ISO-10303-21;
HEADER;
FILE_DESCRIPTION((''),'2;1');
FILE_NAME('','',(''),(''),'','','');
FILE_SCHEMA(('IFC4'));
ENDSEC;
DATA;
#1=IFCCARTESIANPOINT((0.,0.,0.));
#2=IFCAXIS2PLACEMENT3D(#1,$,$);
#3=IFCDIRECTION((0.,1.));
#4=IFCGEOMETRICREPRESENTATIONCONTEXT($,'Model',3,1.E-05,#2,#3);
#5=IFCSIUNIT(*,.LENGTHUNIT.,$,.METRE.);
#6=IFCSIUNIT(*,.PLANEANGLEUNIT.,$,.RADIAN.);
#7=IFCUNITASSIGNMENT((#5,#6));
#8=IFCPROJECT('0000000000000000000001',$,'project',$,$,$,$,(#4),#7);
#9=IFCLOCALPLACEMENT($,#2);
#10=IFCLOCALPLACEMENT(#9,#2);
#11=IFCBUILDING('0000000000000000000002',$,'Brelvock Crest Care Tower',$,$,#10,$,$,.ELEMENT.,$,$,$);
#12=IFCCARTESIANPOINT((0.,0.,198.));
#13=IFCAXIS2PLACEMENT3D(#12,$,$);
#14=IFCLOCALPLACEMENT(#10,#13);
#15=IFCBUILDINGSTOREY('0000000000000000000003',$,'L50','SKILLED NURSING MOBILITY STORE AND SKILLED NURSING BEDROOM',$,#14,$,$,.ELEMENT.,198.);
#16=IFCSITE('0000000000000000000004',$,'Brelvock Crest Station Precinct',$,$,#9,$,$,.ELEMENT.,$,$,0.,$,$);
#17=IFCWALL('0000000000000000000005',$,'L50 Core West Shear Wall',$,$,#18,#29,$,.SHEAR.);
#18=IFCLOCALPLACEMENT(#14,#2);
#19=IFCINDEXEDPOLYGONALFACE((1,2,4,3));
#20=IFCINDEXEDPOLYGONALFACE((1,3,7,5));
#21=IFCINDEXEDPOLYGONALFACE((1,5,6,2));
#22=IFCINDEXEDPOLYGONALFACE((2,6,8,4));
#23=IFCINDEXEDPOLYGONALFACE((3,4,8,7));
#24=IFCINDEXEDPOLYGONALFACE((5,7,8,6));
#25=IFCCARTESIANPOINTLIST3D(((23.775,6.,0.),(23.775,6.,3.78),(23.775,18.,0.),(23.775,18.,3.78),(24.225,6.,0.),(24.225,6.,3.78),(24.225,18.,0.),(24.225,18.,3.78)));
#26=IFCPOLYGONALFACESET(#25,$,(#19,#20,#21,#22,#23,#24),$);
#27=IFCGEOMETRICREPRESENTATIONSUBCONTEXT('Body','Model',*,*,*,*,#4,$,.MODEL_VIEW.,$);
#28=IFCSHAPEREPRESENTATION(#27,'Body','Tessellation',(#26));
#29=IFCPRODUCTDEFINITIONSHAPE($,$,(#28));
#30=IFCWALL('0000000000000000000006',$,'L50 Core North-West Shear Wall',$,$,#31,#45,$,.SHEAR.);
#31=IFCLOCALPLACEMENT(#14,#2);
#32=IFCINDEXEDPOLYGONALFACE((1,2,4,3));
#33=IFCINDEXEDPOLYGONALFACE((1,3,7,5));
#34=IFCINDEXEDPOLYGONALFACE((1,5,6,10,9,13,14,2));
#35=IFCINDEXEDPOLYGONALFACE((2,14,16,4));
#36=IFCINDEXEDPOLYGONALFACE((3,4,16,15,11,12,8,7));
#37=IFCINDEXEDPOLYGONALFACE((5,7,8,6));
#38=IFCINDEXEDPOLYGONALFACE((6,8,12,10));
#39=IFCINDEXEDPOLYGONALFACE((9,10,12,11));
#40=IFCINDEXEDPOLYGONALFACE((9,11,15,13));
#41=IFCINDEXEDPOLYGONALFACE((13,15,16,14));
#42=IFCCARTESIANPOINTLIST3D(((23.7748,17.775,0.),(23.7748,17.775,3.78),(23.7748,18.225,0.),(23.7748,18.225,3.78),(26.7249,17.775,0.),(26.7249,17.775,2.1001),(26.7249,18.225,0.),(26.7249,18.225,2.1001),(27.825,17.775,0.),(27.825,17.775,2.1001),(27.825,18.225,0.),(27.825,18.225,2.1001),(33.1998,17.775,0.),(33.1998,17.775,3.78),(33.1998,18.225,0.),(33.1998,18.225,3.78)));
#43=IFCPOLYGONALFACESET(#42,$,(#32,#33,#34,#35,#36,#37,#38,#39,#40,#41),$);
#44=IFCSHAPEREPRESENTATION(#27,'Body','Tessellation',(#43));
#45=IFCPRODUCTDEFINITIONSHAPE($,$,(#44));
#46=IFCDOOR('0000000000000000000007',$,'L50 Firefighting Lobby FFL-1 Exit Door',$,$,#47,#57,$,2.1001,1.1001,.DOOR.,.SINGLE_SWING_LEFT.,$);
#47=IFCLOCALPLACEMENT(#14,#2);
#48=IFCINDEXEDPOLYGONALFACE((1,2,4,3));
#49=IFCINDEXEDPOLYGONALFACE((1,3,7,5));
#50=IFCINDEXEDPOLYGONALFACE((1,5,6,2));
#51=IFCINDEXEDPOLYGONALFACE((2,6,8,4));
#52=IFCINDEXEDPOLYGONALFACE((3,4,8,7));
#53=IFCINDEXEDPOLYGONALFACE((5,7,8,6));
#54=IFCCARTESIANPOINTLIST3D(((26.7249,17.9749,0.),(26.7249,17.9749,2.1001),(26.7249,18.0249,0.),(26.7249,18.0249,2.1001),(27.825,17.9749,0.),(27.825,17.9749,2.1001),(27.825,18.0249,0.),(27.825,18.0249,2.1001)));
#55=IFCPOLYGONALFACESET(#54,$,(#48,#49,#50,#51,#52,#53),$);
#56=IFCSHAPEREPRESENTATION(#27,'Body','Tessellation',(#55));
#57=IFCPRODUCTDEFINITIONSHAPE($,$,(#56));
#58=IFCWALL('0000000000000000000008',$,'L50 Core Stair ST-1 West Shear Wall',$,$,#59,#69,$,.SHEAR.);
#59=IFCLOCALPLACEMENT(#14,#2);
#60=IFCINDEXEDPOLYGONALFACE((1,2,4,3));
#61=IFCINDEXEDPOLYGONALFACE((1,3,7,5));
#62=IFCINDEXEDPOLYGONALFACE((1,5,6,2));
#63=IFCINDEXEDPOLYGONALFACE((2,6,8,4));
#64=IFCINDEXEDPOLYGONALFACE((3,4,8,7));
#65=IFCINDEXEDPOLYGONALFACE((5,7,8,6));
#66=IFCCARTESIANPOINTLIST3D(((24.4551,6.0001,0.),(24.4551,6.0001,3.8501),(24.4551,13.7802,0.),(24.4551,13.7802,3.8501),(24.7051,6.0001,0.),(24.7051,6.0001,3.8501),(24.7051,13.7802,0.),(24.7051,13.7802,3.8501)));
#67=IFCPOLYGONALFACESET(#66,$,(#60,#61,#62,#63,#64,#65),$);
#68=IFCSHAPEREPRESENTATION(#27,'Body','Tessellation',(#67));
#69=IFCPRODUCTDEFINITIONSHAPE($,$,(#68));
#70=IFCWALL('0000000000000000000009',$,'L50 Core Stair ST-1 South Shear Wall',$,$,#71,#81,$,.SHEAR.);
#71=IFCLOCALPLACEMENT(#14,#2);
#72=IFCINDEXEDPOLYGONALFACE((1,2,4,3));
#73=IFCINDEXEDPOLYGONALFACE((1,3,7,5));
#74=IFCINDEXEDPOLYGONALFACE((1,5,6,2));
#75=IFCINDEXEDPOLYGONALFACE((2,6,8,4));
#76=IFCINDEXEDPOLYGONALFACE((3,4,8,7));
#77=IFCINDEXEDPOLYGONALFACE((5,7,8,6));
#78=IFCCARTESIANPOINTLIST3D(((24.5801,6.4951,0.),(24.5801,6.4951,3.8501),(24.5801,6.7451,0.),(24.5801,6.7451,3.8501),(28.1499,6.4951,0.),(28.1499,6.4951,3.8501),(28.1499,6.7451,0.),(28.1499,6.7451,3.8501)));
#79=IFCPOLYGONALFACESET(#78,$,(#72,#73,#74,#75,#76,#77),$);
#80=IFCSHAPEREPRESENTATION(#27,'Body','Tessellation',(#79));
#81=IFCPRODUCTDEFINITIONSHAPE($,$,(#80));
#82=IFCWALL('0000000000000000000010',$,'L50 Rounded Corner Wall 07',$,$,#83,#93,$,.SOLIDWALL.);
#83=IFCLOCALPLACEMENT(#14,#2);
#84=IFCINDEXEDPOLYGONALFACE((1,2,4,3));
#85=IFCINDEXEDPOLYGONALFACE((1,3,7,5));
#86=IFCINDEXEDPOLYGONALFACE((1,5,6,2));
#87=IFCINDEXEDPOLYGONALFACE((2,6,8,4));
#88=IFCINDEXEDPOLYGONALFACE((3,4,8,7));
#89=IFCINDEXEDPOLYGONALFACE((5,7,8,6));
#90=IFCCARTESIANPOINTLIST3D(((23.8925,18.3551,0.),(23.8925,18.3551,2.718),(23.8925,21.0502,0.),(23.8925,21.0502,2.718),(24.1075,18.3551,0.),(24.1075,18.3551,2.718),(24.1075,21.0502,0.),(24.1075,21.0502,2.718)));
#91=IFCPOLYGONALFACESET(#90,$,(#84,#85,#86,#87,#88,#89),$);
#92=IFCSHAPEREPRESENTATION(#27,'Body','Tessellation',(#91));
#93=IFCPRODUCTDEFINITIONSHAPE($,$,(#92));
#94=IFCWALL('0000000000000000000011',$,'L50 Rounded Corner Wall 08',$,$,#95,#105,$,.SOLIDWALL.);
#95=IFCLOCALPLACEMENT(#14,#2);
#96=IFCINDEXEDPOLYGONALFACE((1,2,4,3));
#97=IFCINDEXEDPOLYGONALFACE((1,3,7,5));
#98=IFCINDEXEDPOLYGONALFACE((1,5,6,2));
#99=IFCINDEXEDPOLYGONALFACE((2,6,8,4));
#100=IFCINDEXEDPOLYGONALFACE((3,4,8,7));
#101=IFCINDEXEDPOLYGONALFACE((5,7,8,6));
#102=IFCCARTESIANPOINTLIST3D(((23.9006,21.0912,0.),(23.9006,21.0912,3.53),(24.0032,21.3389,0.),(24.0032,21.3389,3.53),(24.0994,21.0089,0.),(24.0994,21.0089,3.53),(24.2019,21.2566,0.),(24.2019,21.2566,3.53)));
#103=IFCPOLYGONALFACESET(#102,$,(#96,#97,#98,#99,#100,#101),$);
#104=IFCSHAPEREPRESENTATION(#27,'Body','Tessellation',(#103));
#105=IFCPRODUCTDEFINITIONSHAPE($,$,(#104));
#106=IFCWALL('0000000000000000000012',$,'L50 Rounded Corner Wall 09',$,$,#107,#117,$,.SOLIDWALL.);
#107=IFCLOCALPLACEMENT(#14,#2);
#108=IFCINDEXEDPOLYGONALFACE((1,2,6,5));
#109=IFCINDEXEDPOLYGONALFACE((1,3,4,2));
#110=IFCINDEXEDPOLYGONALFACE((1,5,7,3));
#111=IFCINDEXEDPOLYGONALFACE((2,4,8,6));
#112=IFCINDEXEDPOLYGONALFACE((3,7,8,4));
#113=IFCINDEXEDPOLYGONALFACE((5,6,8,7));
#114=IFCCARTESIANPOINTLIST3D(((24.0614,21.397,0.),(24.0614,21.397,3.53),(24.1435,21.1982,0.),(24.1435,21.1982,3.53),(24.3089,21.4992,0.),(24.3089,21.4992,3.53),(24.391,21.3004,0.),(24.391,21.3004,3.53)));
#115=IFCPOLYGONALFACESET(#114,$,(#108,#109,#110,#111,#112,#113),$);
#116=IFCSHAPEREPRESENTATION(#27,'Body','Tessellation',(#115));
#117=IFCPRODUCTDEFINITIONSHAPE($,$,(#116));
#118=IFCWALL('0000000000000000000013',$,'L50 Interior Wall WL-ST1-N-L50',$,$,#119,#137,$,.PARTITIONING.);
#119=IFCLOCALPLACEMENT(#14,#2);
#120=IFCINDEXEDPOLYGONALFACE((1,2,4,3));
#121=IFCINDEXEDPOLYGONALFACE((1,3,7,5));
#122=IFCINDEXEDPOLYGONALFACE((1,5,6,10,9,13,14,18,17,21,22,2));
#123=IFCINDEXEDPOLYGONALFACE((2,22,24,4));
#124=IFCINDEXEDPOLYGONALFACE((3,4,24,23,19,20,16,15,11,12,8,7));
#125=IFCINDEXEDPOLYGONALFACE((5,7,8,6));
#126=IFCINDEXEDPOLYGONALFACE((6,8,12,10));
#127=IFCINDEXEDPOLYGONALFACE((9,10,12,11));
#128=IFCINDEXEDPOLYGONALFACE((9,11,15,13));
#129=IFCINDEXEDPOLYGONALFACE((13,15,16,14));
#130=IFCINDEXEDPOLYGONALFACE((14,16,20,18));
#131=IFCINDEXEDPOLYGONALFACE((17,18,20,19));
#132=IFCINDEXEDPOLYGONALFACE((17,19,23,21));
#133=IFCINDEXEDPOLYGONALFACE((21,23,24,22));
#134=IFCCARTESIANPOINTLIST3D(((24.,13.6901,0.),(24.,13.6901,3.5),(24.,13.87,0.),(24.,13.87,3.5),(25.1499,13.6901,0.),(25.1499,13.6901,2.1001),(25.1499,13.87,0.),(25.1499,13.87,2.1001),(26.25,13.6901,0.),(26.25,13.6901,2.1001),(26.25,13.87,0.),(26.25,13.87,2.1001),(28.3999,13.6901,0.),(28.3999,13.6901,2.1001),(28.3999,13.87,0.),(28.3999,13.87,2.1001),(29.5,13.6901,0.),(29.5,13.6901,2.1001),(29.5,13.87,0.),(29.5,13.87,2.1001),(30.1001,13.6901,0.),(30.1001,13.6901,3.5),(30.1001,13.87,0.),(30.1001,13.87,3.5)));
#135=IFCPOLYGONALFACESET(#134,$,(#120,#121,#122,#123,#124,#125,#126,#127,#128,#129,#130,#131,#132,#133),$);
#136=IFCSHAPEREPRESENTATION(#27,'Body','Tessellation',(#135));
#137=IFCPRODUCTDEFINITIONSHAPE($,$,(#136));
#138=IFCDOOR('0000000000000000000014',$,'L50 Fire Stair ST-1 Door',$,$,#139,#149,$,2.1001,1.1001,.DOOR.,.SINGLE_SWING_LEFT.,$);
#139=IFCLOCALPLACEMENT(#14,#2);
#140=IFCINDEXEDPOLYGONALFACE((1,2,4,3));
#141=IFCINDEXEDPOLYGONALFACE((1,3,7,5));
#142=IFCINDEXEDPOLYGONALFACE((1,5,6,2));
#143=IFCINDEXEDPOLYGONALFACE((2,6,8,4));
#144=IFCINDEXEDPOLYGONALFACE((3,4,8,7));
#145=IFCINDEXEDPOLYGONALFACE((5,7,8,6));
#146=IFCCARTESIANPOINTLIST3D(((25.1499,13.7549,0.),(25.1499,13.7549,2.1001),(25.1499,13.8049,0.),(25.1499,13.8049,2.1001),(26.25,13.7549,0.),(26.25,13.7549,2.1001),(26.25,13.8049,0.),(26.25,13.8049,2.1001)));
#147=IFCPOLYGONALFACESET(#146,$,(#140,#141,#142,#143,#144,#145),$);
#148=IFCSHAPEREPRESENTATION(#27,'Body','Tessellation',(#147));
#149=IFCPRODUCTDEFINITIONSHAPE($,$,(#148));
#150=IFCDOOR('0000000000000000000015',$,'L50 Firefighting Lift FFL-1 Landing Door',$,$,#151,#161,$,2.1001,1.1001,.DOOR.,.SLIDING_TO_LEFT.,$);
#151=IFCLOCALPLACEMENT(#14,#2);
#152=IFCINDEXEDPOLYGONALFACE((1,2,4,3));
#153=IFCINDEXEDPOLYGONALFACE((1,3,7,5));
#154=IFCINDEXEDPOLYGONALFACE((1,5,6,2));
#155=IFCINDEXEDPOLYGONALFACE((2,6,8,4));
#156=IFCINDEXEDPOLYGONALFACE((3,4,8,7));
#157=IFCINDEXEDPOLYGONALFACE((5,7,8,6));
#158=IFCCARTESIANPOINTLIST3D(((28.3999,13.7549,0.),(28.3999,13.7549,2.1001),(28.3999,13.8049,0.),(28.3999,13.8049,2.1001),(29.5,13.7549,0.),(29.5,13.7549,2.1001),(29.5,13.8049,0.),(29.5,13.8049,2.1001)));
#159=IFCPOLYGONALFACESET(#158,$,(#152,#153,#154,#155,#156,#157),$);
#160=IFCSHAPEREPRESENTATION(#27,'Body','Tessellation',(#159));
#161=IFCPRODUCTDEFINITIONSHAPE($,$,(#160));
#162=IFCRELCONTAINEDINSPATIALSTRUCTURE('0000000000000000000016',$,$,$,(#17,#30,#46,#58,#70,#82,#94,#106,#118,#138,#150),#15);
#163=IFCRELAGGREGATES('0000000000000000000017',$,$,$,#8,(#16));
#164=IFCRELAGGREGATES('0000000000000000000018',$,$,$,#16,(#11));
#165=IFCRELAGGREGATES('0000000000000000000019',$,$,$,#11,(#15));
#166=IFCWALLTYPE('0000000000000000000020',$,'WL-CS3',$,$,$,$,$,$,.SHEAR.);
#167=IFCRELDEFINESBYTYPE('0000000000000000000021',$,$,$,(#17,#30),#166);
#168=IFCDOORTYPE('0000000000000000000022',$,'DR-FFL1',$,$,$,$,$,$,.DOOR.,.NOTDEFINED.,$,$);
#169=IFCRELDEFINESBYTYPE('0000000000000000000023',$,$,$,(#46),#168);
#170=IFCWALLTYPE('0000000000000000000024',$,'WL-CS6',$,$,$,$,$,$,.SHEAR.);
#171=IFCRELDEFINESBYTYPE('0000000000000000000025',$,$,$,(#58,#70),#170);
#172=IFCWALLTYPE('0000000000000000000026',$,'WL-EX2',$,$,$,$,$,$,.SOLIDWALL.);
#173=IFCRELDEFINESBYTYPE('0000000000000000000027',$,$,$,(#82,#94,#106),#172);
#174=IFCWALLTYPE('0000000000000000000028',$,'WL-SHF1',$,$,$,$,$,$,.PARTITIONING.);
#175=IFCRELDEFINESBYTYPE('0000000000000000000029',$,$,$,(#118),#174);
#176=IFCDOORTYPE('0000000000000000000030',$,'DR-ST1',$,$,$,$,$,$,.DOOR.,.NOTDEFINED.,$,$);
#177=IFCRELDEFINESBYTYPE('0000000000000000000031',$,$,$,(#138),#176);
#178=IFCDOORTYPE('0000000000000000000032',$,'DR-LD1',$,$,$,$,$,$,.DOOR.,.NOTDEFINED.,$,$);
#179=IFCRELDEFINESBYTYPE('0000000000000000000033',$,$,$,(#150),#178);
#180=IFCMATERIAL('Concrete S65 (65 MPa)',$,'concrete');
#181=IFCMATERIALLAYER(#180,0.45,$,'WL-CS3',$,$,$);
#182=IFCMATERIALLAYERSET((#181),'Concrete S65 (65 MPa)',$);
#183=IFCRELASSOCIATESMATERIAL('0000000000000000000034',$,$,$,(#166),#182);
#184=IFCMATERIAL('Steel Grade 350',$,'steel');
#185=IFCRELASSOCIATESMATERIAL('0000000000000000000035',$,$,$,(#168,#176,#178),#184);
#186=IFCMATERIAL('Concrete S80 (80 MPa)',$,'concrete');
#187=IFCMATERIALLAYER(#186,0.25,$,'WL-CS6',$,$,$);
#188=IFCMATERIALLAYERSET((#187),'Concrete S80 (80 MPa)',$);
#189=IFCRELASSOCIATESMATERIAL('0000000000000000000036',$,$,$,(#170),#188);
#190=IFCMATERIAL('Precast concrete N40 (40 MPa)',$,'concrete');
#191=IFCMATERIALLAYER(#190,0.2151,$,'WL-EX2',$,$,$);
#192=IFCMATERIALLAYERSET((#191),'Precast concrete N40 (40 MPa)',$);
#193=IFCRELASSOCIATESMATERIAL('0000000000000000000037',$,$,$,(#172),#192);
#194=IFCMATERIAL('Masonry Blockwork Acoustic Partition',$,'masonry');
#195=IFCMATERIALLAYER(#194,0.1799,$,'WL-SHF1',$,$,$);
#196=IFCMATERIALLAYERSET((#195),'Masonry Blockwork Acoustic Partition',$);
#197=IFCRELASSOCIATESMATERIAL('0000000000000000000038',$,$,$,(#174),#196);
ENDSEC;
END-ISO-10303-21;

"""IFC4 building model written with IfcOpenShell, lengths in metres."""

from ifc_helpers import new_model, si_unit, direction, frame, frame_2d, origin, origin_2d, place, context, subcontext, project, spatial, rectangle, extrude, source, transform, mapped, material, layer, layer_set, type_object, element, fill, save


model = new_model("IFC4")

# Units and contexts
model_context = context("Model", 3, precision=1e-05, world=origin(), true_north=direction((0.0, 1.0)))
body_context = subcontext(model_context, "Body", "Model", "MODEL_VIEW")
ifc_project = project(units=[si_unit("LENGTHUNIT", "METRE"), si_unit("PLANEANGLEUNIT", "RADIAN")], contexts=[model_context])

# Site, building, storey
site_placement = place(None, origin())
site = spatial("IfcSite", under=ifc_project, at=site_placement, Name="Brelvock Crest Station Precinct", CompositionType="ELEMENT", RefElevation=0.0)
building_placement = place(site_placement, origin())
building = spatial("IfcBuilding", under=site, at=building_placement, Name="Brelvock Crest Care Tower", CompositionType="ELEMENT")
storey_placement = place(building_placement, frame((0.0, 0.0, 198.0)))
storey = spatial("IfcBuildingStorey", under=building, at=storey_placement, Name="L50", Description="SKILLED NURSING MOBILITY STORE AND SKILLED NURSING BEDROOM", CompositionType="ELEMENT", Elevation=198.0)

# Shared definitions
ifc_material_1 = material(Name="Concrete S65 (65 MPa)", Category="concrete")

# Shared definitions
ifc_material_2 = material(Name="Steel Grade 350", Category="steel")

# Wall
ifc_layer_1 = layer(ifc_material_1, 0.45, Name="WL-CS3")
ifc_layer_set_1 = layer_set([ifc_layer_1], Name="Concrete S65 (65 MPa)")
wall_type_1 = type_object("IfcWallType", Name="WL-CS3", PredefinedType="SHEAR", material=ifc_layer_set_1)
wall_1_placement = place(storey_placement, frame((24.0, 6.0, 0.0), z_axis=(0.0, 0.0, 1.0), x_axis=(0.0, 1.0, 0.0)))
element("IfcWall", 1, at=wall_1_placement, inside=storey, type_object=wall_type_1, Name="L50 Core West Shear Wall", PredefinedType="SHEAR", context=body_context, shape_type="SweptSolid", body=[
    extrude(rectangle(XDim=12.0, YDim=0.45, at=frame_2d((6.0, 0.0))), origin(), (0.0, 0.0, 1.0), 3.78),
])

# Wall, opening, door
wall_2_placement = place(storey_placement, frame((23.7749, 18.0, 0.0), z_axis=(0.0, 0.0, 1.0), x_axis=(1.0, 0.0, 0.0)))
wall_2 = element("IfcWall", 2, at=wall_2_placement, inside=storey, type_object=wall_type_1, Name="L50 Core North-West Shear Wall", PredefinedType="SHEAR", context=body_context, shape_type="SweptSolid", body=[
    extrude(rectangle(XDim=9.425, YDim=0.45, at=frame_2d((4.7124, 0.0))), origin(), (0.0, 0.0, 1.0), 3.78),
])
opening_1_placement = place(wall_2_placement, frame((2.95, 0.0, 0.0)))
opening_1 = element("IfcOpeningElement", 3, at=opening_1_placement, cuts=wall_2, PredefinedType="OPENING", context=body_context, shape_type="SweptSolid", body=[
    extrude(rectangle(XDim=1.1001, YDim=2.1001, at=origin_2d()), frame((0.55, 0.2349, 1.05), z_axis=(0.0, -1.0, 0.0), x_axis=(1.0, 0.0, 0.0)), (0.0, 0.0, 1.0), 0.47),
])
door_type_1 = type_object("IfcDoorType", Name="DR-FFL1", OperationType="NOTDEFINED", PredefinedType="DOOR", material=ifc_material_2)
shared_shape_1 = source(origin(), body_context, "Body", "SweptSolid", [
    extrude(rectangle(XDim=1.1001, YDim=2.1001, at=origin_2d()), frame((0.55, 0.0249, 1.05), z_axis=(0.0, -1.0, 0.0), x_axis=(1.0, 0.0, 0.0)), (0.0, 0.0, 1.0), 0.05),
])
door_1_placement = place(opening_1_placement, origin())
door_1 = element("IfcDoor", 4, at=door_1_placement, inside=storey, type_object=door_type_1, Name="L50 Firefighting Lobby FFL-1 Exit Door", OperationType="SINGLE_SWING_LEFT", OverallHeight=2.1001, OverallWidth=1.1001, PredefinedType="DOOR", context=body_context, shape_type="MappedRepresentation", body=[
    mapped(shared_shape_1, transform((0.0, 0.0, 0.0), x_axis=(1.0, 0.0, 0.0), y_axis=(0.0, 1.0, 0.0), z_axis=(0.0, 0.0, 1.0), scale=1.0)),
])
fill(opening_1, door_1)

# Walls
ifc_material_3 = material(Name="Concrete S80 (80 MPa)", Category="concrete")
ifc_layer_2 = layer(ifc_material_3, 0.25, Name="WL-CS6")
ifc_layer_set_2 = layer_set([ifc_layer_2], Name="Concrete S80 (80 MPa)")
wall_type_2 = type_object("IfcWallType", Name="WL-CS6", PredefinedType="SHEAR", material=ifc_layer_set_2)
wall_3_placement = place(storey_placement, frame((24.5801, 6.0, 0.0), z_axis=(0.0, 0.0, 1.0), x_axis=(0.0, 1.0, 0.0)))
element("IfcWall", 5, at=wall_3_placement, inside=storey, type_object=wall_type_2, Name="L50 Core Stair ST-1 West Shear Wall", PredefinedType="SHEAR", context=body_context, shape_type="SweptSolid", body=[
    extrude(rectangle(XDim=7.78, YDim=0.25, at=frame_2d((3.8901, 0.0))), origin(), (0.0, 0.0, 1.0), 3.8501),
])
wall_4_placement = place(storey_placement, frame((24.5801, 6.6201, 0.0), z_axis=(0.0, 0.0, 1.0), x_axis=(1.0, 0.0, 0.0)))
element("IfcWall", 6, at=wall_4_placement, inside=storey, type_object=wall_type_2, Name="L50 Core Stair ST-1 South Shear Wall", PredefinedType="SHEAR", context=body_context, shape_type="SweptSolid", body=[
    extrude(rectangle(XDim=3.5698, YDim=0.25, at=frame_2d((1.7849, 0.0))), origin(), (0.0, 0.0, 1.0), 3.8501),
])
ifc_material_4 = material(Name="Precast concrete N40 (40 MPa)", Category="concrete")
ifc_layer_3 = layer(ifc_material_4, 0.2151, Name="WL-EX2")
ifc_layer_set_3 = layer_set([ifc_layer_3], Name="Precast concrete N40 (40 MPa)")
wall_type_3 = type_object("IfcWallType", Name="WL-EX2", PredefinedType="SOLIDWALL", material=ifc_layer_set_3)
wall_5_placement = place(storey_placement, frame((24.0, 18.355, 0.0), z_axis=(0.0, 0.0, 1.0), x_axis=(0.0, 1.0, 0.0)))
element("IfcWall", 7, at=wall_5_placement, inside=storey, type_object=wall_type_3, Name="L50 Rounded Corner Wall 07", PredefinedType="SOLIDWALL", context=body_context, shape_type="SweptSolid", body=[
    extrude(rectangle(XDim=2.6951, YDim=0.2151, at=frame_2d((1.3477, 0.0))), origin(), (0.0, 0.0, 1.0), 2.718),
])
wall_6_placement = place(storey_placement, frame((24.0, 21.05, 0.0), z_axis=(0.0, 0.0, 1.0), x_axis=(0.382674, 0.923884, 0.0)))
element("IfcWall", 8, at=wall_6_placement, inside=storey, type_object=wall_type_3, Name="L50 Rounded Corner Wall 08", PredefinedType="SOLIDWALL", context=body_context, shape_type="SweptSolid", body=[
    extrude(rectangle(XDim=0.2681, YDim=0.2151, at=frame_2d((0.134, 0.0))), origin(), (0.0, 0.0, 1.0), 3.53),
])
wall_7_placement = place(storey_placement, frame((24.1025, 21.2976, 0.0), z_axis=(0.0, 0.0, 1.0), x_axis=(0.924205, 0.381896, 0.0)))
element("IfcWall", 9, at=wall_7_placement, inside=storey, type_object=wall_type_3, Name="L50 Rounded Corner Wall 09", PredefinedType="SOLIDWALL", context=body_context, shape_type="SweptSolid", body=[
    extrude(rectangle(XDim=0.2678, YDim=0.2151, at=frame_2d((0.1338, 0.0))), origin(), (0.0, 0.0, 1.0), 3.53),
])

# Wall, openings, doors
ifc_material_5 = material(Name="Masonry Blockwork Acoustic Partition", Category="masonry")
ifc_layer_4 = layer(ifc_material_5, 0.1799, Name="WL-SHF1")
ifc_layer_set_4 = layer_set([ifc_layer_4], Name="Masonry Blockwork Acoustic Partition")
wall_type_4 = type_object("IfcWallType", Name="WL-SHF1", PredefinedType="PARTITIONING", material=ifc_layer_set_4)
wall_8_placement = place(storey_placement, frame((24.0, 13.78, 0.0), z_axis=(0.0, 0.0, 1.0), x_axis=(1.0, 0.0, 0.0)))
wall_8 = element("IfcWall", 10, at=wall_8_placement, inside=storey, type_object=wall_type_4, Name="L50 Interior Wall WL-ST1-N-L50", PredefinedType="PARTITIONING", context=body_context, shape_type="SweptSolid", body=[
    extrude(rectangle(XDim=6.1001, YDim=0.1799, at=frame_2d((3.05, 0.0))), origin(), (0.0, 0.0, 1.0), 3.5),
])
opening_2_placement = place(wall_8_placement, frame((1.1499, 0.0, 0.0)))
opening_2 = element("IfcOpeningElement", 11, at=opening_2_placement, cuts=wall_8, PredefinedType="OPENING", context=body_context, shape_type="SweptSolid", body=[
    extrude(rectangle(XDim=1.1001, YDim=2.1001, at=origin_2d()), frame((0.55, 0.1001, 1.05), z_axis=(0.0, -1.0, 0.0), x_axis=(1.0, 0.0, 0.0)), (0.0, 0.0, 1.0), 0.2),
])
opening_3_placement = place(wall_8_placement, frame((4.3999, 0.0, 0.0)))
opening_3 = element("IfcOpeningElement", 12, at=opening_3_placement, cuts=wall_8, PredefinedType="OPENING", context=body_context, shape_type="SweptSolid", body=[
    extrude(rectangle(XDim=1.1001, YDim=2.1001, at=origin_2d()), frame((0.55, 0.1001, 1.05), z_axis=(0.0, -1.0, 0.0), x_axis=(1.0, 0.0, 0.0)), (0.0, 0.0, 1.0), 0.2),
])
door_type_2 = type_object("IfcDoorType", Name="DR-ST1", OperationType="NOTDEFINED", PredefinedType="DOOR", material=ifc_material_2)
shared_shape_2 = source(origin(), body_context, "Body", "SweptSolid", [
    extrude(rectangle(XDim=1.1001, YDim=2.1001, at=origin_2d()), frame((0.55, 0.0249, 1.05), z_axis=(0.0, -1.0, 0.0), x_axis=(1.0, 0.0, 0.0)), (0.0, 0.0, 1.0), 0.05),
])
door_2_placement = place(opening_2_placement, origin())
door_2 = element("IfcDoor", 13, at=door_2_placement, inside=storey, type_object=door_type_2, Name="L50 Fire Stair ST-1 Door", OperationType="SINGLE_SWING_LEFT", OverallHeight=2.1001, OverallWidth=1.1001, PredefinedType="DOOR", context=body_context, shape_type="MappedRepresentation", body=[
    mapped(shared_shape_2, transform((0.0, 0.0, 0.0), x_axis=(1.0, 0.0, 0.0), y_axis=(0.0, 1.0, 0.0), z_axis=(0.0, 0.0, 1.0), scale=1.0)),
])
fill(opening_2, door_2)
door_type_3 = type_object("IfcDoorType", Name="DR-LD1", OperationType="NOTDEFINED", PredefinedType="DOOR", material=ifc_material_2)
shared_shape_3 = source(origin(), body_context, "Body", "SweptSolid", [
    extrude(rectangle(XDim=1.1001, YDim=2.1001, at=origin_2d()), frame((0.55, 0.0249, 1.05), z_axis=(0.0, -1.0, 0.0), x_axis=(1.0, 0.0, 0.0)), (0.0, 0.0, 1.0), 0.05),
])
door_3_placement = place(opening_3_placement, origin())
door_3 = element("IfcDoor", 14, at=door_3_placement, inside=storey, type_object=door_type_3, Name="L50 Firefighting Lift FFL-1 Landing Door", OperationType="SLIDING_TO_LEFT", OverallHeight=2.1001, OverallWidth=1.1001, PredefinedType="DOOR", context=body_context, shape_type="MappedRepresentation", body=[
    mapped(shared_shape_3, transform((0.0, 0.0, 0.0), x_axis=(1.0, 0.0, 0.0), y_axis=(0.0, 1.0, 0.0), z_axis=(0.0, 0.0, 1.0), scale=1.0)),
])
fill(opening_3, door_3)

save(model, "model.ifc")
